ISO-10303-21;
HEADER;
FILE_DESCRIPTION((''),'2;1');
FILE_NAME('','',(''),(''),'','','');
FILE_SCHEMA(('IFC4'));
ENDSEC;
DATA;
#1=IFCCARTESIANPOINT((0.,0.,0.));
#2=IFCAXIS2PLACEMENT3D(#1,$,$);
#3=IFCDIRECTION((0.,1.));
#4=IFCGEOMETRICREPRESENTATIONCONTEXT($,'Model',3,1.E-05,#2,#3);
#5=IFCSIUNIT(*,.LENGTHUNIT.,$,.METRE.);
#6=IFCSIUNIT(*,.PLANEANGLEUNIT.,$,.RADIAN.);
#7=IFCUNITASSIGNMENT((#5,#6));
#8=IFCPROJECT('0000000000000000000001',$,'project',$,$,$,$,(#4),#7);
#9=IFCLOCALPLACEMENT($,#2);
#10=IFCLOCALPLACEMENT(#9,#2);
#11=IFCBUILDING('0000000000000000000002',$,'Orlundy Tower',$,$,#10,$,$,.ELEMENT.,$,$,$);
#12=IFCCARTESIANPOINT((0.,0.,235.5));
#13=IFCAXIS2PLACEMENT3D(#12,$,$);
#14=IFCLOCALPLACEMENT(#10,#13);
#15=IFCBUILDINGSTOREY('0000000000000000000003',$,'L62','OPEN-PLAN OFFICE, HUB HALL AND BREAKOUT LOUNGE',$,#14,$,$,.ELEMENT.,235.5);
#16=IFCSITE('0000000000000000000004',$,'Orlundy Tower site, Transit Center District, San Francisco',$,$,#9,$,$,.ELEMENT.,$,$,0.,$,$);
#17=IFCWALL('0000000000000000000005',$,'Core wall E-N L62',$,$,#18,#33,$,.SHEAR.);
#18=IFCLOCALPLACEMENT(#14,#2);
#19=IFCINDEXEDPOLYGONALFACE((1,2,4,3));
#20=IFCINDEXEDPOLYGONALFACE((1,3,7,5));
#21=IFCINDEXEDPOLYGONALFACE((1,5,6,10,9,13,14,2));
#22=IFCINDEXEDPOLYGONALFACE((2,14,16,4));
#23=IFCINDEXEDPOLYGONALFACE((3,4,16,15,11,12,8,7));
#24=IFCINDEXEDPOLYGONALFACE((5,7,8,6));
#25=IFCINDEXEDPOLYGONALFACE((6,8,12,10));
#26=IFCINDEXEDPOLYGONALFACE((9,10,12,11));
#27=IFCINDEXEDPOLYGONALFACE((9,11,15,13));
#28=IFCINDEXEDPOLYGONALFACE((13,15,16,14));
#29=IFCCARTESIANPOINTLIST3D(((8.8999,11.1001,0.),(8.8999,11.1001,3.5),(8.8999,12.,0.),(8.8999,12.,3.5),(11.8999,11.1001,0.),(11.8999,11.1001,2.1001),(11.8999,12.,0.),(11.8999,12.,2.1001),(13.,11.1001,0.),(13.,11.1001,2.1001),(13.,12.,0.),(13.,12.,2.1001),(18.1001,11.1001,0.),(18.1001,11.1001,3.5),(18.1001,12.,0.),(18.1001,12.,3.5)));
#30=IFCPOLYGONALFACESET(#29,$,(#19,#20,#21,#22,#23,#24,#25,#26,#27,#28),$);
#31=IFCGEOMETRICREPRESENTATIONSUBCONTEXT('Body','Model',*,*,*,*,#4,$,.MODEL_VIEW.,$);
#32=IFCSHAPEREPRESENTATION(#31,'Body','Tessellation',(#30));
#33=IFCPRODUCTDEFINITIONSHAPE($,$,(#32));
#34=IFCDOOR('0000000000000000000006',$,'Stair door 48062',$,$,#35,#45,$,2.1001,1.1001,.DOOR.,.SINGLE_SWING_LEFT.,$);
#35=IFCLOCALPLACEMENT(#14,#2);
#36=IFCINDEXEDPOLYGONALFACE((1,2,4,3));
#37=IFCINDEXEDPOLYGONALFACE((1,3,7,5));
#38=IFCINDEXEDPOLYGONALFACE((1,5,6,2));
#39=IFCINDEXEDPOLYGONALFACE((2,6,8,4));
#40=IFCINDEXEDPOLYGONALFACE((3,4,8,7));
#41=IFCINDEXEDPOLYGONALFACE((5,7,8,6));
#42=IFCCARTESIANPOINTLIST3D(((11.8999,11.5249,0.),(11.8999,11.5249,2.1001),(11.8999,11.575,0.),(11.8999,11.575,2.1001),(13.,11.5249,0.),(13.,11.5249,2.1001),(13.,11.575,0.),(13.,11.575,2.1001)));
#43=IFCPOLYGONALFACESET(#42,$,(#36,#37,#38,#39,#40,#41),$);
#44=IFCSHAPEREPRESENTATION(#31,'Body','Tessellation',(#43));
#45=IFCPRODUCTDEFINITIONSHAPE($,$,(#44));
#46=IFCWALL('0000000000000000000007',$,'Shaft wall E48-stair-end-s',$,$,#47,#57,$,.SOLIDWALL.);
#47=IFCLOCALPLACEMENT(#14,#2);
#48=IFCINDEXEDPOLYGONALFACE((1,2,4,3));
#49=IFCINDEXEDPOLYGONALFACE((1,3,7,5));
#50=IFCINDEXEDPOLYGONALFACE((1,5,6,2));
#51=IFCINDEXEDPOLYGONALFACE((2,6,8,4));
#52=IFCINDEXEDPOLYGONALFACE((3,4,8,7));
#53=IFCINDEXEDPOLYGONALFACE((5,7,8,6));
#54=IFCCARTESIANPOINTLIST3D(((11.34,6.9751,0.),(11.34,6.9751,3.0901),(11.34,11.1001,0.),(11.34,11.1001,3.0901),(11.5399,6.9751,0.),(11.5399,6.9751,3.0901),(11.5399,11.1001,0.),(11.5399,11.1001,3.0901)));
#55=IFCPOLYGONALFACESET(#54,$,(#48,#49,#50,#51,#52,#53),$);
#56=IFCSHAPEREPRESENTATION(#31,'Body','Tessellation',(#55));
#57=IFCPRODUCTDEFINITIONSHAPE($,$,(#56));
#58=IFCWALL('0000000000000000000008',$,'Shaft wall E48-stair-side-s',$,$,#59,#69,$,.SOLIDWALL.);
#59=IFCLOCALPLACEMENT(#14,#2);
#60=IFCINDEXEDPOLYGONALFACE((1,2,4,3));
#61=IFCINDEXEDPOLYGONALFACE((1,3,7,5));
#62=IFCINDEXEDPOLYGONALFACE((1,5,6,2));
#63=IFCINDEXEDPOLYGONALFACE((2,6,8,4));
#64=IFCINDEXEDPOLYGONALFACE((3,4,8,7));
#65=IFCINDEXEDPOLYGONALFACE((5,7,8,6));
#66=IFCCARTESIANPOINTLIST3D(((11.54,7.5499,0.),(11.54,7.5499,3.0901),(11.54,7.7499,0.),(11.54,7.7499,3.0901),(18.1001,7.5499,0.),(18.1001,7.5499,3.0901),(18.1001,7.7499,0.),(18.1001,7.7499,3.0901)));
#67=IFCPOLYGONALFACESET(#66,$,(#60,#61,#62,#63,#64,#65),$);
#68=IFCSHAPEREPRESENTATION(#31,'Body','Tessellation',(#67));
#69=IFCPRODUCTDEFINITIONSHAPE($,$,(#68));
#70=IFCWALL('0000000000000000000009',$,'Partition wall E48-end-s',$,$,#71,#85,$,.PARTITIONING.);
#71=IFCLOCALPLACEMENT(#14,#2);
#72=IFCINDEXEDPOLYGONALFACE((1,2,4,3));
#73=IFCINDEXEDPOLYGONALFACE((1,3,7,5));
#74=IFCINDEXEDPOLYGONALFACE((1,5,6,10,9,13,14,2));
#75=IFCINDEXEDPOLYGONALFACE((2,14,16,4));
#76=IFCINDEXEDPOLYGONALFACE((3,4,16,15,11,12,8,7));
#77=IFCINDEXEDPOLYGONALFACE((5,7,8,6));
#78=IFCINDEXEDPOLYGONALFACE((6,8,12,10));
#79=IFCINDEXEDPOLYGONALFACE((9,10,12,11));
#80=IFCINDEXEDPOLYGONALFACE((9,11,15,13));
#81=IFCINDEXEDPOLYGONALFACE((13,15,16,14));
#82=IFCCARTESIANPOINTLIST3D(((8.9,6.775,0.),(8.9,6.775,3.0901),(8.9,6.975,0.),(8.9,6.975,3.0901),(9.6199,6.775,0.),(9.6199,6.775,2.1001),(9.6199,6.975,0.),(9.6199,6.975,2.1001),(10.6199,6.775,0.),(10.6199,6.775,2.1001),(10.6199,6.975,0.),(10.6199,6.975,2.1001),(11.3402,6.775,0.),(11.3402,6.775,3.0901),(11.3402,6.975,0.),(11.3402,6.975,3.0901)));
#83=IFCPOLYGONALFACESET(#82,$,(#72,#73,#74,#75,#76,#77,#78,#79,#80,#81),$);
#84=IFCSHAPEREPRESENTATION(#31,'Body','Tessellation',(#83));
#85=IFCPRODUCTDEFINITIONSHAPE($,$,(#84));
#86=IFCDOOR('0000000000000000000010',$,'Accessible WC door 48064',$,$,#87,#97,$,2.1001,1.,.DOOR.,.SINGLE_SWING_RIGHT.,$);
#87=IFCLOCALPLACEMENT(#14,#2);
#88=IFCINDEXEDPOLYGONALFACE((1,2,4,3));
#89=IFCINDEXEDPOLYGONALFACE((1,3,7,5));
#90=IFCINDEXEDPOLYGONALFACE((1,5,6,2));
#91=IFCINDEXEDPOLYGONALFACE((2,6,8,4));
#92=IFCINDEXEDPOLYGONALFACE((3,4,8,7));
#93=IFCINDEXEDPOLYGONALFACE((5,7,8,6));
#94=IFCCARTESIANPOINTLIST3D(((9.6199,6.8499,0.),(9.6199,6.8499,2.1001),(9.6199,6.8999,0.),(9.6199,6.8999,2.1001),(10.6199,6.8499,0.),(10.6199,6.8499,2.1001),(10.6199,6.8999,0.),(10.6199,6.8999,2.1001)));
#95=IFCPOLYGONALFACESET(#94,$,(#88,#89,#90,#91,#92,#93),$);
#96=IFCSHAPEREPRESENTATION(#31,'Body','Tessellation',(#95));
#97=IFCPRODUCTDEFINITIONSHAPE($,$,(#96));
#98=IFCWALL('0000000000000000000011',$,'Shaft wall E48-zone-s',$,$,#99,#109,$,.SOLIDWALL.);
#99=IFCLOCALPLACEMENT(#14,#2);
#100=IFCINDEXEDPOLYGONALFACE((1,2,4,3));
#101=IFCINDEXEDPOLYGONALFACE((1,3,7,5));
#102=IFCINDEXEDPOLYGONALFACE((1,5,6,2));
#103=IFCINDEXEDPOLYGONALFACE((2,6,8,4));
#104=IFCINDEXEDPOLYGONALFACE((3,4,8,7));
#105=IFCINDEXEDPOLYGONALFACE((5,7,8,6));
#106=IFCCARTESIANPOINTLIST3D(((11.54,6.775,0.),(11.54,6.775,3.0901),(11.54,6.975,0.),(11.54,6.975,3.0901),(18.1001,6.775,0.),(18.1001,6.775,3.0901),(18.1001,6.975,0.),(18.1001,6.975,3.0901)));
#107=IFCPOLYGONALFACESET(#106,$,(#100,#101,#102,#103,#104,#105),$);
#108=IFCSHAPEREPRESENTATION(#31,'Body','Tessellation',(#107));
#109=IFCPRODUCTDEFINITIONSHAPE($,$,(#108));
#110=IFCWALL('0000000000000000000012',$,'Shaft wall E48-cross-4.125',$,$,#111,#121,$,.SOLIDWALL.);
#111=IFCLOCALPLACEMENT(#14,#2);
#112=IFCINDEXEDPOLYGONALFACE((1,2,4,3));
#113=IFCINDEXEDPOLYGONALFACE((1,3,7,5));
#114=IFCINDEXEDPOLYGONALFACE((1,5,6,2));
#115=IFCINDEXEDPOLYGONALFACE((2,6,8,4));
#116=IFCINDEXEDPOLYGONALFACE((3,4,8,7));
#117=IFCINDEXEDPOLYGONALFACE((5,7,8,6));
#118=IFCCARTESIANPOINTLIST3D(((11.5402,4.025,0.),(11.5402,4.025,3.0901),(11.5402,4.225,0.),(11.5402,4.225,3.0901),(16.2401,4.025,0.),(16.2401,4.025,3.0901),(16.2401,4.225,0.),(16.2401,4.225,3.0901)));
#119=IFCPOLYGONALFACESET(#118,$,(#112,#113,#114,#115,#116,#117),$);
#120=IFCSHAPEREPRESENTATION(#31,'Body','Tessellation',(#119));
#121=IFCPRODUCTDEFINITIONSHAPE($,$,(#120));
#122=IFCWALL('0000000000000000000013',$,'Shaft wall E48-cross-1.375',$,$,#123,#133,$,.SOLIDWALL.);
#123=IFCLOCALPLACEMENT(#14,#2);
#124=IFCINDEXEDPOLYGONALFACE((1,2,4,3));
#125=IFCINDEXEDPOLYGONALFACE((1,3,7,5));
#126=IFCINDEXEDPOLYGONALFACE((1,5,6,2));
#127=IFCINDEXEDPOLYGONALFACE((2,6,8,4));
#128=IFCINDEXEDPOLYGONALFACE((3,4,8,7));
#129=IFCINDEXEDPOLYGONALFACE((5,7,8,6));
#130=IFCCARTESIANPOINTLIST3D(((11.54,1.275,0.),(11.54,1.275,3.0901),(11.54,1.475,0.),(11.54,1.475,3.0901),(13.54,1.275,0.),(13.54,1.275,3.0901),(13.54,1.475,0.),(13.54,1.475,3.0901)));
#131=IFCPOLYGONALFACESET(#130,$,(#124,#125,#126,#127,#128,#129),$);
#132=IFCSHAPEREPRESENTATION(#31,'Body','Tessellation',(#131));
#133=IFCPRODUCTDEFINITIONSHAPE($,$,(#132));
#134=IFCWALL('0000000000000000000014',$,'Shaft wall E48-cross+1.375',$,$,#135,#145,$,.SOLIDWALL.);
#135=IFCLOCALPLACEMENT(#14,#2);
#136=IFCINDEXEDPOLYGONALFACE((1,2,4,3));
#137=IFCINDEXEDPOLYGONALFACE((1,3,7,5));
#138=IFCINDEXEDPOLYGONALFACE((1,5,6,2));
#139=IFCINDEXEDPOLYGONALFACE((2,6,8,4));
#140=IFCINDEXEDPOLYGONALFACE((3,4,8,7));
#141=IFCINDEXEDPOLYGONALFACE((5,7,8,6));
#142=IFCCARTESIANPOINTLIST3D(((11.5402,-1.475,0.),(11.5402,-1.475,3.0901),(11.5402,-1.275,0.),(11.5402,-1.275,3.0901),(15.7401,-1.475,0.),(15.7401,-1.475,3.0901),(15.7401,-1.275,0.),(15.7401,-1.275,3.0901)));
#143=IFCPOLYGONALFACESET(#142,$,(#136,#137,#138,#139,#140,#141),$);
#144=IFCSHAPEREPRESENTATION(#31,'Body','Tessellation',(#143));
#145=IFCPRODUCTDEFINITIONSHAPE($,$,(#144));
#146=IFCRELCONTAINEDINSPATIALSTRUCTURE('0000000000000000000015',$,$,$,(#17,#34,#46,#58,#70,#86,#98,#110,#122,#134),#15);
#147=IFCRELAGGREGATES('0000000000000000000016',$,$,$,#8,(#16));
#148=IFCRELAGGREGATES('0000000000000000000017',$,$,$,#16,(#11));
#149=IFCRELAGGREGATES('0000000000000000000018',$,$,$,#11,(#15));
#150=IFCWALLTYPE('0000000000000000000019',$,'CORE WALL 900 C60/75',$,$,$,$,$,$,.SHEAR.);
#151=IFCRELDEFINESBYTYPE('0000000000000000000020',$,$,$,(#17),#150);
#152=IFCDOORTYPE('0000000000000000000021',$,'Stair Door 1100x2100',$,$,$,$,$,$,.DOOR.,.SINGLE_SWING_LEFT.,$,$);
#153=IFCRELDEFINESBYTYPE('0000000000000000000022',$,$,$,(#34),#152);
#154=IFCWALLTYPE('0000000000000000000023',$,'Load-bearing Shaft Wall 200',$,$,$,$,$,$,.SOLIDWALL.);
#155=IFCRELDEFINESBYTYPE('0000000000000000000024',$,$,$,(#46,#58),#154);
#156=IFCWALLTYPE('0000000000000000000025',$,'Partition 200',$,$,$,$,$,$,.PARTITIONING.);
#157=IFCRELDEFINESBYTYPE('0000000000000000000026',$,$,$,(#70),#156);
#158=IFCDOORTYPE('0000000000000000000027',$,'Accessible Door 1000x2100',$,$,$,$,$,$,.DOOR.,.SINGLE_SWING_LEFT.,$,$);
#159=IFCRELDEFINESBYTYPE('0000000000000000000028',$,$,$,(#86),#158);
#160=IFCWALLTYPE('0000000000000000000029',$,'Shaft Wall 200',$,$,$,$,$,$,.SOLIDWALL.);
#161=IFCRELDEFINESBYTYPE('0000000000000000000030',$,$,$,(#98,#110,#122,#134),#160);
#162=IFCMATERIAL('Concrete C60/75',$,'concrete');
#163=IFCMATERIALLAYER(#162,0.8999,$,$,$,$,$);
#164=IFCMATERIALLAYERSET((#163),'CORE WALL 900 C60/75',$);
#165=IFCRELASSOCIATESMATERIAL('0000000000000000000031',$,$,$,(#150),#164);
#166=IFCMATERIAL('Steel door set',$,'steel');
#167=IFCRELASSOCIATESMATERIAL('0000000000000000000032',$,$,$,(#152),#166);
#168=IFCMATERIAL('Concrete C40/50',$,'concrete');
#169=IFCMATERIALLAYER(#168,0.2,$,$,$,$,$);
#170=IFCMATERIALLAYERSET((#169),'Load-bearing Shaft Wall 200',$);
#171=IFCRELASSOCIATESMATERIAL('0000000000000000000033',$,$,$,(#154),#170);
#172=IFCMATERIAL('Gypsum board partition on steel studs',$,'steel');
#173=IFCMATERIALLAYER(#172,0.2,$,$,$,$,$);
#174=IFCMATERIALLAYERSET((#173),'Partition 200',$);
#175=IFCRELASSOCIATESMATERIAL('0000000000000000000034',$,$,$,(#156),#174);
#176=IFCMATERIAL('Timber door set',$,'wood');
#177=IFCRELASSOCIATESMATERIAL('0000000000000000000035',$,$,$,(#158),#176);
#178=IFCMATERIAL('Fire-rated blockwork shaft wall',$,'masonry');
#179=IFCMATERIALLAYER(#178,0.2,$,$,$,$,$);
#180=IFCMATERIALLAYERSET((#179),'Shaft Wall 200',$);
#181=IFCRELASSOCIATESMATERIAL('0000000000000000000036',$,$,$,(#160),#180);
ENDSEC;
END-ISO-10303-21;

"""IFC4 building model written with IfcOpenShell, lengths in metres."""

from ifc_helpers import new_model, si_unit, direction, frame, frame_2d, origin, place, context, subcontext, project, spatial, rectangle, extrude, material, layer, layer_set, type_object, element, fill, save


model = new_model("IFC4")

# Units and contexts
model_context = context("Model", 3, precision=1e-05, world=origin(), true_north=direction((0.0, 1.0)))
body_context = subcontext(model_context, "Body", "Model", "MODEL_VIEW")
ifc_project = project(units=[si_unit("LENGTHUNIT", "METRE"), si_unit("PLANEANGLEUNIT", "RADIAN")], contexts=[model_context])

# Site, building, storey
site_placement = place(None, origin())
site = spatial("IfcSite", under=ifc_project, at=site_placement, Name="Orlundy Tower site, Transit Center District, San Francisco", CompositionType="ELEMENT", RefElevation=0.0)
building_placement = place(site_placement, origin())
building = spatial("IfcBuilding", under=site, at=building_placement, Name="Orlundy Tower", CompositionType="ELEMENT")
storey_placement = place(building_placement, frame((0.0, 0.0, 235.5)))
storey = spatial("IfcBuildingStorey", under=building, at=storey_placement, Name="L62", Description="OPEN-PLAN OFFICE, HUB HALL AND BREAKOUT LOUNGE", CompositionType="ELEMENT", Elevation=235.5)

# Wall, opening, door
ifc_material_1 = material(Name="Concrete C60/75", Category="concrete")
ifc_layer_1 = layer(ifc_material_1, 0.8999)
ifc_layer_set_1 = layer_set([ifc_layer_1], Name="CORE WALL 900 C60/75")
wall_type_1 = type_object("IfcWallType", Name="CORE WALL 900 C60/75", PredefinedType="SHEAR", material=ifc_layer_set_1)
wall_1_placement = place(storey_placement, frame((8.8999, 11.55, 0.0), z_axis=(0.0, 0.0, 1.0), x_axis=(1.0, 0.0, 0.0)))
wall_1 = element("IfcWall", 1, at=wall_1_placement, inside=storey, type_object=wall_type_1, Name="Core wall E-N L62", PredefinedType="SHEAR", context=body_context, shape_type="SweptSolid", body=[
    extrude(rectangle(XDim=9.2002, YDim=0.8999, at=frame_2d((4.6001, 0.0))), origin(), (0.0, 0.0, 1.0), 3.5),
])
opening_1_placement = place(wall_1_placement, frame((3.0, 0.0, 0.0)))
opening_1 = element("IfcOpeningElement", 2, at=opening_1_placement, cuts=wall_1, PredefinedType="OPENING", context=body_context, shape_type="SweptSolid", body=[
    extrude(rectangle(XDim=1.1001, YDim=2.1001, at=frame_2d((0.55, 1.05))), frame((0.0, 0.46, 0.0), z_axis=(0.0, -1.0, 0.0), x_axis=(1.0, 0.0, 0.0)), (0.0, 0.0, 1.0), 0.9199),
])
ifc_material_2 = material(Name="Steel door set", Category="steel")
door_type_1 = type_object("IfcDoorType", Name="Stair Door 1100x2100", OperationType="SINGLE_SWING_LEFT", PredefinedType="DOOR", material=ifc_material_2)
door_1_placement = place(opening_1_placement, origin())
door_1 = element("IfcDoor", 3, at=door_1_placement, inside=storey, type_object=door_type_1, Name="Stair door 48062", OperationType="SINGLE_SWING_LEFT", OverallHeight=2.1001, OverallWidth=1.1001, PredefinedType="DOOR", context=body_context, shape_type="SweptSolid", body=[
    extrude(rectangle(XDim=1.1001, YDim=2.1001, at=frame_2d((0.55, 1.05))), frame((0.0, 0.0249, 0.0), z_axis=(0.0, -1.0, 0.0), x_axis=(1.0, 0.0, 0.0)), (0.0, 0.0, 1.0), 0.05),
])
fill(opening_1, door_1)

# Walls
ifc_material_3 = material(Name="Concrete C40/50", Category="concrete")
ifc_layer_2 = layer(ifc_material_3, 0.2)
ifc_layer_set_2 = layer_set([ifc_layer_2], Name="Load-bearing Shaft Wall 200")
wall_type_2 = type_object("IfcWallType", Name="Load-bearing Shaft Wall 200", PredefinedType="SOLIDWALL", material=ifc_layer_set_2)
wall_2_placement = place(storey_placement, frame((11.4399, 11.1001, 0.0), z_axis=(0.0, 0.0, 1.0), x_axis=(0.0, -1.0, 0.0)))
element("IfcWall", 4, at=wall_2_placement, inside=storey, type_object=wall_type_2, Name="Shaft wall E48-stair-end-s", PredefinedType="SOLIDWALL", context=body_context, shape_type="SweptSolid", body=[
    extrude(rectangle(XDim=4.125, YDim=0.2, at=frame_2d((2.0625, 0.0))), origin(), (0.0, 0.0, 1.0), 3.0901),
])
wall_3_placement = place(storey_placement, frame((11.54, 7.6499, 0.0), z_axis=(0.0, 0.0, 1.0), x_axis=(1.0, 0.0, 0.0)))
element("IfcWall", 5, at=wall_3_placement, inside=storey, type_object=wall_type_2, Name="Shaft wall E48-stair-side-s", PredefinedType="SOLIDWALL", context=body_context, shape_type="SweptSolid", body=[
    extrude(rectangle(XDim=6.5601, YDim=0.2, at=frame_2d((3.28, 0.0))), origin(), (0.0, 0.0, 1.0), 3.0901),
])

# Wall, opening, door
ifc_material_4 = material(Name="Gypsum board partition on steel studs", Category="steel")
ifc_layer_3 = layer(ifc_material_4, 0.2)
ifc_layer_set_3 = layer_set([ifc_layer_3], Name="Partition 200")
wall_type_3 = type_object("IfcWallType", Name="Partition 200", PredefinedType="PARTITIONING", material=ifc_layer_set_3)
wall_4_placement = place(storey_placement, frame((8.8999, 6.875, 0.0), z_axis=(0.0, 0.0, 1.0), x_axis=(1.0, 0.0, 0.0)))
wall_4 = element("IfcWall", 6, at=wall_4_placement, inside=storey, type_object=wall_type_3, Name="Partition wall E48-end-s", PredefinedType="PARTITIONING", context=body_context, shape_type="SweptSolid", body=[
    extrude(rectangle(XDim=2.4402, YDim=0.2, at=frame_2d((1.2202, 0.0))), origin(), (0.0, 0.0, 1.0), 3.0901),
])
opening_2_placement = place(wall_4_placement, frame((0.72, 0.0, 0.0)))
opening_2 = element("IfcOpeningElement", 7, at=opening_2_placement, cuts=wall_4, PredefinedType="OPENING", context=body_context, shape_type="SweptSolid", body=[
    extrude(rectangle(XDim=1.0, YDim=2.1001, at=frame_2d((0.5, 1.05))), frame((0.0, 0.1101, 0.0), z_axis=(0.0, -1.0, 0.0), x_axis=(1.0, 0.0, 0.0)), (0.0, 0.0, 1.0), 0.2202),
])
ifc_material_5 = material(Name="Timber door set", Category="wood")
door_type_2 = type_object("IfcDoorType", Name="Accessible Door 1000x2100", OperationType="SINGLE_SWING_LEFT", PredefinedType="DOOR", material=ifc_material_5)
door_2_placement = place(opening_2_placement, origin())
door_2 = element("IfcDoor", 8, at=door_2_placement, inside=storey, type_object=door_type_2, Name="Accessible WC door 48064", OperationType="SINGLE_SWING_RIGHT", OverallHeight=2.1001, OverallWidth=1.0, PredefinedType="DOOR", context=body_context, shape_type="SweptSolid", body=[
    extrude(rectangle(XDim=1.0, YDim=2.1001, at=frame_2d((0.5, 1.05))), frame((0.0, 0.0249, 0.0), z_axis=(0.0, -1.0, 0.0), x_axis=(1.0, 0.0, 0.0)), (0.0, 0.0, 1.0), 0.05),
])
fill(opening_2, door_2)

# Walls
ifc_material_6 = material(Name="Fire-rated blockwork shaft wall", Category="masonry")
ifc_layer_4 = layer(ifc_material_6, 0.2)
ifc_layer_set_4 = layer_set([ifc_layer_4], Name="Shaft Wall 200")
wall_type_4 = type_object("IfcWallType", Name="Shaft Wall 200", PredefinedType="SOLIDWALL", material=ifc_layer_set_4)
wall_5_placement = place(storey_placement, frame((11.54, 6.875, 0.0), z_axis=(0.0, 0.0, 1.0), x_axis=(1.0, 0.0, 0.0)))
element("IfcWall", 9, at=wall_5_placement, inside=storey, type_object=wall_type_4, Name="Shaft wall E48-zone-s", PredefinedType="SOLIDWALL", context=body_context, shape_type="SweptSolid", body=[
    extrude(rectangle(XDim=6.5601, YDim=0.2, at=frame_2d((3.28, 0.0))), origin(), (0.0, 0.0, 1.0), 3.0901),
])
wall_6_placement = place(storey_placement, frame((11.54, 4.125, 0.0), z_axis=(0.0, 0.0, 1.0), x_axis=(1.0, 0.0, 0.0)))
element("IfcWall", 10, at=wall_6_placement, inside=storey, type_object=wall_type_4, Name="Shaft wall E48-cross-4.125", PredefinedType="SOLIDWALL", context=body_context, shape_type="SweptSolid", body=[
    extrude(rectangle(XDim=4.7, YDim=0.2, at=frame_2d((2.3501, 0.0))), origin(), (0.0, 0.0, 1.0), 3.0901),
])
wall_7_placement = place(storey_placement, frame((11.54, 1.375, 0.0), z_axis=(0.0, 0.0, 1.0), x_axis=(1.0, 0.0, 0.0)))
element("IfcWall", 11, at=wall_7_placement, inside=storey, type_object=wall_type_4, Name="Shaft wall E48-cross-1.375", PredefinedType="SOLIDWALL", context=body_context, shape_type="SweptSolid", body=[
    extrude(rectangle(XDim=2.0, YDim=0.2, at=frame_2d((1.0, 0.0))), origin(), (0.0, 0.0, 1.0), 3.0901),
])
wall_8_placement = place(storey_placement, frame((11.54, -1.375, 0.0), z_axis=(0.0, 0.0, 1.0), x_axis=(1.0, 0.0, 0.0)))
element("IfcWall", 12, at=wall_8_placement, inside=storey, type_object=wall_type_4, Name="Shaft wall E48-cross+1.375", PredefinedType="SOLIDWALL", context=body_context, shape_type="SweptSolid", body=[
    extrude(rectangle(XDim=4.2, YDim=0.2, at=frame_2d((2.1001, 0.0))), origin(), (0.0, 0.0, 1.0), 3.0901),
])

save(model, "model.ifc")
